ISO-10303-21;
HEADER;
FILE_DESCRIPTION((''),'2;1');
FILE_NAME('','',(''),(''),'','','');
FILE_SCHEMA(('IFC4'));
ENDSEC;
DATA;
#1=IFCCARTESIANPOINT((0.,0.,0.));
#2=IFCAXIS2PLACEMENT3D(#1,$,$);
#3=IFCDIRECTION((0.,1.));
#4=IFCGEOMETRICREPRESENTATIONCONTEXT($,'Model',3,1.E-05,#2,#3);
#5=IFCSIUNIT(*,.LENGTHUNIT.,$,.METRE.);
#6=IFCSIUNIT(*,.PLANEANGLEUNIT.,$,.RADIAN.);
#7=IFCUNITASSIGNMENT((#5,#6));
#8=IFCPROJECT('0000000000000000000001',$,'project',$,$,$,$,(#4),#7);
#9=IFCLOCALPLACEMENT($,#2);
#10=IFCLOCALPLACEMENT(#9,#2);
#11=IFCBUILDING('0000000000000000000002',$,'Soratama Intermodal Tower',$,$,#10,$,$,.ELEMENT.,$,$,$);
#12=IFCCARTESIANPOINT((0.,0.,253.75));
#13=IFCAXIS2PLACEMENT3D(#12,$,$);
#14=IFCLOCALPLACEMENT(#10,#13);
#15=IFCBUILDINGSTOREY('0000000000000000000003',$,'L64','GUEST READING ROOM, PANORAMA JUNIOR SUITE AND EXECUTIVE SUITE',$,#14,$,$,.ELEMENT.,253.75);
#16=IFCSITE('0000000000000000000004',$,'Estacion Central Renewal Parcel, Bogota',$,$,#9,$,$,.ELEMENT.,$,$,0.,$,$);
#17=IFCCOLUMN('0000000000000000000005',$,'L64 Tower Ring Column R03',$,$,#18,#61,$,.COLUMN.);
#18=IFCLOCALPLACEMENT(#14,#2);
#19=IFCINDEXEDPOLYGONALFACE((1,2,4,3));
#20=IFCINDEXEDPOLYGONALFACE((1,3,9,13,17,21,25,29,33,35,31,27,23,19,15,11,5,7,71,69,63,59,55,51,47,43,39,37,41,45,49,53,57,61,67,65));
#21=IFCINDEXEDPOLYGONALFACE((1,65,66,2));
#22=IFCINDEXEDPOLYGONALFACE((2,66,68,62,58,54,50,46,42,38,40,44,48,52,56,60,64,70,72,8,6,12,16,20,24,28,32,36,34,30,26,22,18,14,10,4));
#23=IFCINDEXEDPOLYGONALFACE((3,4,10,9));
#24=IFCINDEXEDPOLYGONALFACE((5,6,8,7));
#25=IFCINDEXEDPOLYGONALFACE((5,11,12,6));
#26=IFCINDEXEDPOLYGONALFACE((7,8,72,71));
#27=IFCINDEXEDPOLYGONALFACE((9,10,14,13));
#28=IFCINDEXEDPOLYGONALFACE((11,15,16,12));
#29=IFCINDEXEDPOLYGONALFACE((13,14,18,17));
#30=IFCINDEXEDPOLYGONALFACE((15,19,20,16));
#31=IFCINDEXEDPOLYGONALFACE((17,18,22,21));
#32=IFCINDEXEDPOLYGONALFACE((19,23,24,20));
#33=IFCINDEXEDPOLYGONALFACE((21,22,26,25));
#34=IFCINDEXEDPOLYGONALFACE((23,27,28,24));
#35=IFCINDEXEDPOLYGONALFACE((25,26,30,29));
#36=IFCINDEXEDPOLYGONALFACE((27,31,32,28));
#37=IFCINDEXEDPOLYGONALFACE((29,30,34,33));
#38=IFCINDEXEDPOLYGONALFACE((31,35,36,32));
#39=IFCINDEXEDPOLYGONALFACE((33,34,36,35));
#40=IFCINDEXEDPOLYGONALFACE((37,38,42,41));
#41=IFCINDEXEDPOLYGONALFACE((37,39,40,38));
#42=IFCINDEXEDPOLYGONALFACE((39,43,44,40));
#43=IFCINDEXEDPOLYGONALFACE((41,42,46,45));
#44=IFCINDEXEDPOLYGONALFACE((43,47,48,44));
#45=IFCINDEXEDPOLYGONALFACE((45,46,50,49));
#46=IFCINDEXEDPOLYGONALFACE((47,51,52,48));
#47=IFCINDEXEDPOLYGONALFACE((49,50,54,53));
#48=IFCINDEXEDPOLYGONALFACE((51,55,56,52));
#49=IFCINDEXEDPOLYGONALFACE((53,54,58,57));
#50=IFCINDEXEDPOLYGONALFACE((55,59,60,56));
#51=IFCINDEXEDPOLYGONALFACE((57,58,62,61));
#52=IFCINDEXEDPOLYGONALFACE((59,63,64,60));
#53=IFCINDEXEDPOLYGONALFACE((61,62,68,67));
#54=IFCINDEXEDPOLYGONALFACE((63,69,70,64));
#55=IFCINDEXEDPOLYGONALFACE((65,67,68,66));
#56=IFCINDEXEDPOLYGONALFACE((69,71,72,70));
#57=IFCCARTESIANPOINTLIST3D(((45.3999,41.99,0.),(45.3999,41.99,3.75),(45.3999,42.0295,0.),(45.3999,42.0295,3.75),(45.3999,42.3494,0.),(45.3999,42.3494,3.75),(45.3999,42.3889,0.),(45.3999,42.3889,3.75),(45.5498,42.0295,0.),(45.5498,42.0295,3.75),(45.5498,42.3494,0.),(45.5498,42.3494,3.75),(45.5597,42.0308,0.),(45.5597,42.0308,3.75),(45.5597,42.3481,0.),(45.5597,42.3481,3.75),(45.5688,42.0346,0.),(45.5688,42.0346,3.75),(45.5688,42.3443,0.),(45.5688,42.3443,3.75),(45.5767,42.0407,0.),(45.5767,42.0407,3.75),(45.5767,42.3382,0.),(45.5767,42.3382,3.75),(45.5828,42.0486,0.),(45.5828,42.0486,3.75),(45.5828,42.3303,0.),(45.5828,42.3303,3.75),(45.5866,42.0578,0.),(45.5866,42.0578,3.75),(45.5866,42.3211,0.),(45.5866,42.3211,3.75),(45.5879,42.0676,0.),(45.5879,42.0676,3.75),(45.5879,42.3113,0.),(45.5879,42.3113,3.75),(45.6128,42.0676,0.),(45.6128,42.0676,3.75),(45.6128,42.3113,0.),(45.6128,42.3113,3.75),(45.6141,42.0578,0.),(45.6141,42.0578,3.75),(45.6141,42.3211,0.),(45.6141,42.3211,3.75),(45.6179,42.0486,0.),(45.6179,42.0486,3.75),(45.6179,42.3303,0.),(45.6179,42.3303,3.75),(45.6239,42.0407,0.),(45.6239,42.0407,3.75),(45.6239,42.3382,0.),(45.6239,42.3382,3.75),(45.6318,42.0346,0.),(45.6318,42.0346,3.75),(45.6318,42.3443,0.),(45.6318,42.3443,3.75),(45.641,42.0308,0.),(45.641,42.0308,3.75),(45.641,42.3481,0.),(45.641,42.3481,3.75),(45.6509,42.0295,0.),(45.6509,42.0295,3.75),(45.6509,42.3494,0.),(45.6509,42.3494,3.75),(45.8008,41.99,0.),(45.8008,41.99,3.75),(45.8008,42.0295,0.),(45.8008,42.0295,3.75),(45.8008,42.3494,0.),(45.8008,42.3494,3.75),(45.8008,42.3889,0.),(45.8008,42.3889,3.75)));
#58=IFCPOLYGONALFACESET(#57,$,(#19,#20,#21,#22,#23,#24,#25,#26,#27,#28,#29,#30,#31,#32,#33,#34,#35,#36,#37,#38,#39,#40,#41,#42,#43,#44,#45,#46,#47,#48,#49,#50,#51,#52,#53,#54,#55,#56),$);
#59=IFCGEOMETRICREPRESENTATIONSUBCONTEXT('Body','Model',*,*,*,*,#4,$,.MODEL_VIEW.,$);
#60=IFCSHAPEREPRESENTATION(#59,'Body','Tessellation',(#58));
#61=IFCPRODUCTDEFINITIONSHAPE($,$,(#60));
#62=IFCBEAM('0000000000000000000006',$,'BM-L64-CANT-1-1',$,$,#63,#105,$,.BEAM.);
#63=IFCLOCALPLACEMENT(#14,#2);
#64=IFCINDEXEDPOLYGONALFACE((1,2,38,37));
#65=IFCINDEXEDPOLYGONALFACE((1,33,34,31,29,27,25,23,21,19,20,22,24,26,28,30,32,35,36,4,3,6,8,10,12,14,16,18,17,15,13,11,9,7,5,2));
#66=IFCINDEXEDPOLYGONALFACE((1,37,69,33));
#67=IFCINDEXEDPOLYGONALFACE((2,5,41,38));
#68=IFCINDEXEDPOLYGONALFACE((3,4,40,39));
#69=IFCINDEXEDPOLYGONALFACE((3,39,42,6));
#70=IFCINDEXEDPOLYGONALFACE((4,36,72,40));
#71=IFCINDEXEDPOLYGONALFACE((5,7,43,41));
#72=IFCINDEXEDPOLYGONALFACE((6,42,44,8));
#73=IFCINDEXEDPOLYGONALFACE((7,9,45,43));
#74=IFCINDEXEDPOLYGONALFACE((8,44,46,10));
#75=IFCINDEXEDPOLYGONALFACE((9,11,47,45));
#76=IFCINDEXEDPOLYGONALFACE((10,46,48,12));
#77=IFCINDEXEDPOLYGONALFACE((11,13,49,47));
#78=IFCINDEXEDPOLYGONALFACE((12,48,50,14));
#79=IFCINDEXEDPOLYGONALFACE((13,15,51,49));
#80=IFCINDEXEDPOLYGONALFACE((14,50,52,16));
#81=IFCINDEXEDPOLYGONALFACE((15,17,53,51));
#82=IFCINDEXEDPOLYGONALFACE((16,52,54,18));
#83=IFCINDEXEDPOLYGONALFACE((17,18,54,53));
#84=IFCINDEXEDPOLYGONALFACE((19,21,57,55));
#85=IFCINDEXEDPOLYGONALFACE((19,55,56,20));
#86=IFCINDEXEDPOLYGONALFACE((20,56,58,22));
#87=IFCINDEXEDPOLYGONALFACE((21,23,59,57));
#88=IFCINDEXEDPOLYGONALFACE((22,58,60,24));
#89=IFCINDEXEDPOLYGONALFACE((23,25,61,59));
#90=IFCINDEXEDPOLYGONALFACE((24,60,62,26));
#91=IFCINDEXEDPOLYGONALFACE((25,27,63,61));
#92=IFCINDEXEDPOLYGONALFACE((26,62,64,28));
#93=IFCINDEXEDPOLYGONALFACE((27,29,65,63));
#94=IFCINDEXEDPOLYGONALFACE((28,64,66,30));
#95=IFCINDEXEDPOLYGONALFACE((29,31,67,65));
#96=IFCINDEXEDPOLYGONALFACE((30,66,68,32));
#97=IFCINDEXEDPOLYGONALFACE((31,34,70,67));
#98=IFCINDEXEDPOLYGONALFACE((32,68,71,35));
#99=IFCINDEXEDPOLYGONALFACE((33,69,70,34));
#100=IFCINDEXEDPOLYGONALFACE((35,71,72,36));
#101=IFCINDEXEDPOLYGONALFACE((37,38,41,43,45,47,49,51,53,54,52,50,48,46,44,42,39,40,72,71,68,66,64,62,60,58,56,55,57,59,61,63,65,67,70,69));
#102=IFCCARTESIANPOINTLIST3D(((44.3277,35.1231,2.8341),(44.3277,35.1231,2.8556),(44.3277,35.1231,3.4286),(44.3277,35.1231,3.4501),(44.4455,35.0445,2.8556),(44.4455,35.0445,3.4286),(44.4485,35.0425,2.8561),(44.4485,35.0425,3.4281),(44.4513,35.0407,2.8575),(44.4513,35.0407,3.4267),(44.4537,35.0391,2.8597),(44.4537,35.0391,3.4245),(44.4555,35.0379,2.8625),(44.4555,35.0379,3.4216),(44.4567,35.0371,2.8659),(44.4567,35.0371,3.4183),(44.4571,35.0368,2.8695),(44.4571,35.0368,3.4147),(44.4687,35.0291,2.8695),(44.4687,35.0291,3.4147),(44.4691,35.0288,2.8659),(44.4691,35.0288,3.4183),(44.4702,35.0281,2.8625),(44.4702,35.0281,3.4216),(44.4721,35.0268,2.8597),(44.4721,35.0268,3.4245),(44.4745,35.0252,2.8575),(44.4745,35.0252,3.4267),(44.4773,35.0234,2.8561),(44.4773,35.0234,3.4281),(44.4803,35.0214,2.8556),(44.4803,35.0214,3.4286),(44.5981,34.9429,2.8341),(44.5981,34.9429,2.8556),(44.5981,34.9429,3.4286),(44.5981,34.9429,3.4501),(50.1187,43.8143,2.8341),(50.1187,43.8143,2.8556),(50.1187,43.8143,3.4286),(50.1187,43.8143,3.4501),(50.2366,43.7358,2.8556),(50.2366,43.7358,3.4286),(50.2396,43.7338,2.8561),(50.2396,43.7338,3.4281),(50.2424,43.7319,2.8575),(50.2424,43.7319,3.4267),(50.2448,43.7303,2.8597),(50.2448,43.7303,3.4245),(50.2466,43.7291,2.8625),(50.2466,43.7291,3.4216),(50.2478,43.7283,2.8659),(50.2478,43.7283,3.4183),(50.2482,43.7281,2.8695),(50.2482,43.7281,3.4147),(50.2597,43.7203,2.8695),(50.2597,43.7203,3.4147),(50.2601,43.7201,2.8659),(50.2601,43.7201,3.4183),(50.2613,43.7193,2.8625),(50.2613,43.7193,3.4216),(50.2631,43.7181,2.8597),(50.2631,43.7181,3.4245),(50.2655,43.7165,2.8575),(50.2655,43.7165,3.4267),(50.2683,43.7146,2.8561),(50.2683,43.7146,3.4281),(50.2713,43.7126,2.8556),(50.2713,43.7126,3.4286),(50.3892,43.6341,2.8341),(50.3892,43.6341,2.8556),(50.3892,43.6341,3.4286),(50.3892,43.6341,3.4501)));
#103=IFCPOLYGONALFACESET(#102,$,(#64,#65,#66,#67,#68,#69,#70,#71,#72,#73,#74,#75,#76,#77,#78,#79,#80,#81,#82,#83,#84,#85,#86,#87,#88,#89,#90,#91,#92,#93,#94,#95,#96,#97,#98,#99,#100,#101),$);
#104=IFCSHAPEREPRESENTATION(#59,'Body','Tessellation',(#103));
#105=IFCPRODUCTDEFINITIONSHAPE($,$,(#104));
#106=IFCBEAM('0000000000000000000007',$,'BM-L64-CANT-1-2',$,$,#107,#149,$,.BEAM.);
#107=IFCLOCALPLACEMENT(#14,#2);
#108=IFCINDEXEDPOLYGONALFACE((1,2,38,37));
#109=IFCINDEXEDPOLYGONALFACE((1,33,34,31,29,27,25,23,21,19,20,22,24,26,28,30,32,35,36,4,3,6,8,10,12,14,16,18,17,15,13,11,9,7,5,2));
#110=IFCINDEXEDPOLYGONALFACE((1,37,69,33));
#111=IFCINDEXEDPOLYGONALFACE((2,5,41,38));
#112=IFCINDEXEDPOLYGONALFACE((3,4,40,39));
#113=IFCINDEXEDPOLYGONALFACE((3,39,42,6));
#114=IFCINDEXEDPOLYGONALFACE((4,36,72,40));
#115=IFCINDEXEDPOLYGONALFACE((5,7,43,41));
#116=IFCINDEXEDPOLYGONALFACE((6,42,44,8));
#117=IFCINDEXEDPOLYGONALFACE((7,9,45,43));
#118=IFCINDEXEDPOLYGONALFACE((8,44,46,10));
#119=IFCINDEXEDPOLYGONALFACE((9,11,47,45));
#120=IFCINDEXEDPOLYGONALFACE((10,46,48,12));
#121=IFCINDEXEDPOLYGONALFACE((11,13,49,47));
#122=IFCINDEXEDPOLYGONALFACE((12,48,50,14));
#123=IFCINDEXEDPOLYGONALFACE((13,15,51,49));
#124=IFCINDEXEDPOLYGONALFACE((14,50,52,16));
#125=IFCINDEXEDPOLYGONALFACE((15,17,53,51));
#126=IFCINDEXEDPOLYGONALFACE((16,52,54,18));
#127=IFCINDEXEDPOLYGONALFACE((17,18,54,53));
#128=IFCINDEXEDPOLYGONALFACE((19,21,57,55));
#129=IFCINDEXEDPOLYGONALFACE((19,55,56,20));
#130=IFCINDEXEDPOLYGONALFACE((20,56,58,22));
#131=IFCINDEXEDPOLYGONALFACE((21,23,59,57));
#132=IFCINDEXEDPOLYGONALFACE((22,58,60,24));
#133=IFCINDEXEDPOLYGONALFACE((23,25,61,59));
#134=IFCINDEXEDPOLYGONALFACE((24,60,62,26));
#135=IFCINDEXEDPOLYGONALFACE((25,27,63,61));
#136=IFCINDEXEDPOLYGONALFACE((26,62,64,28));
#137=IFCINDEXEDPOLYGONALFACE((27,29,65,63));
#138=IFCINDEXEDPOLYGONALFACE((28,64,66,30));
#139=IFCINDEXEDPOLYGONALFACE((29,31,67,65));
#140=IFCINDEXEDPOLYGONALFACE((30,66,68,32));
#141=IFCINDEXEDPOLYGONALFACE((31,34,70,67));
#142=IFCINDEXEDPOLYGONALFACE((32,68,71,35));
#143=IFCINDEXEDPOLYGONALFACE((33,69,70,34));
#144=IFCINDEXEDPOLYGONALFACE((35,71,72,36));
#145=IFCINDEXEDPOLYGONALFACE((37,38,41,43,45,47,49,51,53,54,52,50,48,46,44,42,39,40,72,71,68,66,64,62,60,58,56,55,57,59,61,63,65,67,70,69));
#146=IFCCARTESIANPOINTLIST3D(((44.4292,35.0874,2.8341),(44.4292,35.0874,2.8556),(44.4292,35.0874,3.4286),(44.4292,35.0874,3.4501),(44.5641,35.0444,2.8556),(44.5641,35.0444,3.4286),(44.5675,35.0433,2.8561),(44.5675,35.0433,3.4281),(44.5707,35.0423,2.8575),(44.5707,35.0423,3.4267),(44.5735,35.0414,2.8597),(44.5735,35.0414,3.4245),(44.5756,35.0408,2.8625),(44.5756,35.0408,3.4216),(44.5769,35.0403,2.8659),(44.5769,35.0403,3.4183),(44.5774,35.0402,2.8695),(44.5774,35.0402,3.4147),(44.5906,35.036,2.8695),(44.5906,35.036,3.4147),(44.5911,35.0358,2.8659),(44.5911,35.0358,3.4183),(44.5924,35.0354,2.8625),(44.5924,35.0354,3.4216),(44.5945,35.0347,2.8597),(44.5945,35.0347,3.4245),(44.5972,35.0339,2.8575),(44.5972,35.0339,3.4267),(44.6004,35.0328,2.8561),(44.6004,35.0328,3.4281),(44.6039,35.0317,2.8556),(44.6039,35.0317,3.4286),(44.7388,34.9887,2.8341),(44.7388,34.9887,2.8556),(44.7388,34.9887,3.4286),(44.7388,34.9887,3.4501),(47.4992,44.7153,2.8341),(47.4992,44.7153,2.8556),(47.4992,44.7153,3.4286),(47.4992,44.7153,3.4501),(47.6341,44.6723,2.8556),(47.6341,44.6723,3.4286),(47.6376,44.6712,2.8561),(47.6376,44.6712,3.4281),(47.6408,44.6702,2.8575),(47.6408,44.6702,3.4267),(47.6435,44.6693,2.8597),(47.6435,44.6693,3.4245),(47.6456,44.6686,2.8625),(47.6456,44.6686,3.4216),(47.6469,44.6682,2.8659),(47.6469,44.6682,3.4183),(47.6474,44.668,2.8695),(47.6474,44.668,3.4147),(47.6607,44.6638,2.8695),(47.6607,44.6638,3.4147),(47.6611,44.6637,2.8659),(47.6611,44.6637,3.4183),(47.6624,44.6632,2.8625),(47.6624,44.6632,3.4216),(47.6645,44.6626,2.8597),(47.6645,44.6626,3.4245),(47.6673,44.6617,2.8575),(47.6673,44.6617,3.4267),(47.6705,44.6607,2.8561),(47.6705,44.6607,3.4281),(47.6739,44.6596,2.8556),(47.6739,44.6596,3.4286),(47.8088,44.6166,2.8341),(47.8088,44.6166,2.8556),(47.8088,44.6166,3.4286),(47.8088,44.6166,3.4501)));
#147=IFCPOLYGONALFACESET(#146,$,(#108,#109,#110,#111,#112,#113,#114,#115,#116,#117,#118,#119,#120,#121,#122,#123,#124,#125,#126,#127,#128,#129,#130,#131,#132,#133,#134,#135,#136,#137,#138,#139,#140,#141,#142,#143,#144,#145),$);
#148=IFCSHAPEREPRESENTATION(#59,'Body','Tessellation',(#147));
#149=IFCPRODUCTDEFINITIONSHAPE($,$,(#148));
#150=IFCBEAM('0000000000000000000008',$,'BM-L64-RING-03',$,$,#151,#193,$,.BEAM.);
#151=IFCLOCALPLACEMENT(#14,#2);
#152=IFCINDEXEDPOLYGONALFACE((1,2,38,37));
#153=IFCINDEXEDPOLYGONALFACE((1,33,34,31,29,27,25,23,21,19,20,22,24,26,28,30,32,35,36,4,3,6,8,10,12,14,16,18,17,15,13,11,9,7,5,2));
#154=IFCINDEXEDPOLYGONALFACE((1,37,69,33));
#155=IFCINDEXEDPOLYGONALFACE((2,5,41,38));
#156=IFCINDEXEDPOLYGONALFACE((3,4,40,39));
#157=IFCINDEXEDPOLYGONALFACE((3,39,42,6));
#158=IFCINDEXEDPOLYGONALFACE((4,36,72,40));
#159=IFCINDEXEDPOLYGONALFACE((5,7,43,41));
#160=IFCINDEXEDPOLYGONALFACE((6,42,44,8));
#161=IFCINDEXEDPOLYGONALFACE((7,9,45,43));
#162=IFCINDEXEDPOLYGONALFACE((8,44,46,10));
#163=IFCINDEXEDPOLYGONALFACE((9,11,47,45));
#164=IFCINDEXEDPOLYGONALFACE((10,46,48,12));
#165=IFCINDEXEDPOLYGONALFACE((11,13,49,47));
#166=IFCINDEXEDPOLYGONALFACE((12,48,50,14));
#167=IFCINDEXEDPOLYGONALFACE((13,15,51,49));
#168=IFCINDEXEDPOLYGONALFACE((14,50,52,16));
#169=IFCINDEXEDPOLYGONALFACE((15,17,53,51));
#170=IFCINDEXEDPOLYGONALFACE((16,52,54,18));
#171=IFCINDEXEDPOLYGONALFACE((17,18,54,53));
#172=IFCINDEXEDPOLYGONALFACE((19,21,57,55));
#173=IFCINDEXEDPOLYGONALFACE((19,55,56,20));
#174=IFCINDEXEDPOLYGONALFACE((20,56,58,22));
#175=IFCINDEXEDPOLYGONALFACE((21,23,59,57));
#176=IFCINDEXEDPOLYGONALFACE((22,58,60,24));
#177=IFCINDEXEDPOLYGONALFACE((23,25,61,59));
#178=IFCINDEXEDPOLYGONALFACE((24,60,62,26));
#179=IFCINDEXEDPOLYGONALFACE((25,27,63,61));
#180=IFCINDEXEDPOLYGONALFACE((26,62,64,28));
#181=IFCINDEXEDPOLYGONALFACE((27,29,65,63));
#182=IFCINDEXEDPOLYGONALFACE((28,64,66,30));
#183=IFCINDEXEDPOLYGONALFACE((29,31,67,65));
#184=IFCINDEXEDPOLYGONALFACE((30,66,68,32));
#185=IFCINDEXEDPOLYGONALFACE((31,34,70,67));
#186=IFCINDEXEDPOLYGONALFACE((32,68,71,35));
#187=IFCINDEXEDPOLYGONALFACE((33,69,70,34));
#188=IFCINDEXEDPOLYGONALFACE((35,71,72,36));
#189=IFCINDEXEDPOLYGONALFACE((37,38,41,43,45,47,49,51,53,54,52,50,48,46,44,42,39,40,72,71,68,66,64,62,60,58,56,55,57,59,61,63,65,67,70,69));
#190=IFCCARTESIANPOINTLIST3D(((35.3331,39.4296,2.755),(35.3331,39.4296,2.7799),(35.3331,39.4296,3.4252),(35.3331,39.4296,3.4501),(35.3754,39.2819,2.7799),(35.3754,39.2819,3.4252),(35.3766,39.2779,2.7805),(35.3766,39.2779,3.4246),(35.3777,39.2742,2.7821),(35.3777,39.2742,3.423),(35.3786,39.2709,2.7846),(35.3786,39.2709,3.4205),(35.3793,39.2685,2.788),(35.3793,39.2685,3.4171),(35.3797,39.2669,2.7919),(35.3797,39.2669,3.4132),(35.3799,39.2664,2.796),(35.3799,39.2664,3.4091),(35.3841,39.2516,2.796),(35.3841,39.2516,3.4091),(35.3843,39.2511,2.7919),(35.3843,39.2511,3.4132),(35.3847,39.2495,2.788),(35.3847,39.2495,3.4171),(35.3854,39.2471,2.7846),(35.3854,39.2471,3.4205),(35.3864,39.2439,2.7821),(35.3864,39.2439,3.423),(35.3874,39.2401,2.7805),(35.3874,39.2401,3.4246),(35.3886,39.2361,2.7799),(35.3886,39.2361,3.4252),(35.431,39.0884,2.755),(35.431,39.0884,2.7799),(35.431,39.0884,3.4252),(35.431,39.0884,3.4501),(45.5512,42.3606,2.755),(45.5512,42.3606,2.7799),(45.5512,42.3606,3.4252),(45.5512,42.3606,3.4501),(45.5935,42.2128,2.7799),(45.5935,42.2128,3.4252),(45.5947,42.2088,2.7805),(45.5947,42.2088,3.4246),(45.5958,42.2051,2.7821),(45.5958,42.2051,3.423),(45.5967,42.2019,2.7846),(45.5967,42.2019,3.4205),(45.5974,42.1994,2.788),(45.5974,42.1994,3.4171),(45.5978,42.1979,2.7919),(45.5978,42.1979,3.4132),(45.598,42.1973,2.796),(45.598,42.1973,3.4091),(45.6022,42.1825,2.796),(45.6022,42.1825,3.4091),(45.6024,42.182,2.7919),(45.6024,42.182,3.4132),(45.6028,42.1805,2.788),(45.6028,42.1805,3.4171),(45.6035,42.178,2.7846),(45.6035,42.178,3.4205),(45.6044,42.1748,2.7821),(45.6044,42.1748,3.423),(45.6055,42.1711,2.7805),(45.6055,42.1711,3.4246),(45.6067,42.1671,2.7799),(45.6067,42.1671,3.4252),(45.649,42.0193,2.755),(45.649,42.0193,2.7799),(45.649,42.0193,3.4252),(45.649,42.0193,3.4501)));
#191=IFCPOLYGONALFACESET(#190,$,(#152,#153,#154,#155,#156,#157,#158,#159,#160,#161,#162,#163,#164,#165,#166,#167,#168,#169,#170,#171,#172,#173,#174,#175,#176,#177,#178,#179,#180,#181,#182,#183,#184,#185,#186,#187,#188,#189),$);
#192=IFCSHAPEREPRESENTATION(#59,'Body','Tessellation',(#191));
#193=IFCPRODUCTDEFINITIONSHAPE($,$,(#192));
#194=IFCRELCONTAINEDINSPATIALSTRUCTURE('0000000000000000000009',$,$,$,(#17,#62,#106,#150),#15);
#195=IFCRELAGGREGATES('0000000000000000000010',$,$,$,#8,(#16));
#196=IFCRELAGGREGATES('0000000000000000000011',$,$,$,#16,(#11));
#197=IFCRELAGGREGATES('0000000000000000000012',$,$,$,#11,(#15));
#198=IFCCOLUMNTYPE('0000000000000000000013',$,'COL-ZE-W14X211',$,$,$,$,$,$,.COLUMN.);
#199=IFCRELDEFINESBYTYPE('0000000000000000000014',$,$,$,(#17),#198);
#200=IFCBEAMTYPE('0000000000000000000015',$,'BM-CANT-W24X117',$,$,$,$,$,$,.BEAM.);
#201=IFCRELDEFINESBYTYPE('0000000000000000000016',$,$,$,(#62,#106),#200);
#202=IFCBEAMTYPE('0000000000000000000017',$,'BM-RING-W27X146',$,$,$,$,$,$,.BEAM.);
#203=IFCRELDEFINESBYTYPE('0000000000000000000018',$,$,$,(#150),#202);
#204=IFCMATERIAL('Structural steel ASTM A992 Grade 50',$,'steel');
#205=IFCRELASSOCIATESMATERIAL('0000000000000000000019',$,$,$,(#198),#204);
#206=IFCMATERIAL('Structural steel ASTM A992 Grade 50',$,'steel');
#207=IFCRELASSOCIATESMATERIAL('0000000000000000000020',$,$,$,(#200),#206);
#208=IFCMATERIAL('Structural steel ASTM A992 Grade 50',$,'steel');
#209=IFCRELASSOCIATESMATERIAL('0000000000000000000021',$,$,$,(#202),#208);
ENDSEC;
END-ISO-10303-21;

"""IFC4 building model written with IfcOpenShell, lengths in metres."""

from ifc_helpers import new_model, si_unit, direction, frame, origin, origin_2d, place, context, subcontext, project, spatial, i_section, extrude, material, material_profile, profile_set, type_object, element, save


model = new_model("IFC4")

# Units and contexts
model_context = context("Model", 3, precision=1e-05, world=origin(), true_north=direction((0.0, 1.0)))
body_context = subcontext(model_context, "Body", "Model", "MODEL_VIEW")
ifc_project = project(units=[si_unit("LENGTHUNIT", "METRE"), si_unit("PLANEANGLEUNIT", "RADIAN")], contexts=[model_context])

# Site, building, storey
site_placement = place(None, origin())
site = spatial("IfcSite", under=ifc_project, at=site_placement, Name="Estacion Central Renewal Parcel, Bogota", CompositionType="ELEMENT", RefElevation=0.0)
building_placement = place(site_placement, origin())
building = spatial("IfcBuilding", under=site, at=building_placement, Name="Soratama Intermodal Tower", CompositionType="ELEMENT")
storey_placement = place(building_placement, frame((0.0, 0.0, 253.75)))
storey = spatial("IfcBuildingStorey", under=building, at=storey_placement, Name="L64", Description="GUEST READING ROOM, PANORAMA JUNIOR SUITE AND EXECUTIVE SUITE", CompositionType="ELEMENT", Elevation=253.75)

# Column
ifc_material_1 = material(Name="Structural steel ASTM A992 Grade 50", Category="steel")
ifc_material_profile_1 = material_profile(ifc_material_1, i_section(OverallWidth=0.4009, OverallDepth=0.3989, WebThickness=0.0249, FlangeThickness=0.0396, FilletRadius=0.0381, at=origin_2d()), Name="W14X211")
ifc_profile_set_1 = profile_set([ifc_material_profile_1], Name="Structural steel ASTM A992 Grade 50")
column_type = type_object("IfcColumnType", Name="COL-ZE-W14X211", PredefinedType="COLUMN", material=ifc_profile_set_1)
column_placement = place(storey_placement, frame((45.6003, 42.1895, 0.0), z_axis=(0.0, 0.0, 1.0), x_axis=(1.0, 0.0, 0.0)))
element("IfcColumn", 1, at=column_placement, inside=storey, type_object=column_type, Name="L64 Tower Ring Column R03", PredefinedType="COLUMN", context=body_context, shape_type="SweptSolid", body=[
    extrude(i_section(OverallWidth=0.4009, OverallDepth=0.3989, WebThickness=0.0249, FlangeThickness=0.0396, FilletRadius=0.0381, at=origin_2d()), origin(), (0.0, 0.0, 1.0), 3.75),
])

# Beams
ifc_material_2 = material(Name="Structural steel ASTM A992 Grade 50", Category="steel")
ifc_material_profile_2 = material_profile(ifc_material_2, i_section(OverallWidth=0.325, OverallDepth=0.616, WebThickness=0.0139, FlangeThickness=0.0215, FilletRadius=0.0139, at=origin_2d()), Name="W24X117")
ifc_profile_set_2 = profile_set([ifc_material_profile_2], Name="Structural steel ASTM A992 Grade 50")
beam_type_1 = type_object("IfcBeamType", Name="BM-CANT-W24X117", PredefinedType="BEAM", material=ifc_profile_set_2)
beam_1_placement = place(storey_placement, frame((44.4629, 35.033, 3.1421), z_axis=(0.554495, 0.832187, 0.0), x_axis=(-0.832187, 0.554495, 0.0)))
element("IfcBeam", 2, at=beam_1_placement, inside=storey, type_object=beam_type_1, Name="BM-L64-CANT-1-1", PredefinedType="BEAM", context=body_context, shape_type="SweptSolid", body=[
    extrude(i_section(OverallWidth=0.325, OverallDepth=0.616, WebThickness=0.0139, FlangeThickness=0.0215, FilletRadius=0.0139, at=origin_2d()), origin(), (0.0, 0.0, 1.0), 10.4438),
])
beam_2_placement = place(storey_placement, frame((44.584, 35.0381, 3.1421), z_axis=(0.3038, 0.952736, 0.0), x_axis=(-0.952736, 0.3038, 0.0)))
element("IfcBeam", 3, at=beam_2_placement, inside=storey, type_object=beam_type_1, Name="BM-L64-CANT-1-2", PredefinedType="BEAM", context=body_context, shape_type="SweptSolid", body=[
    extrude(i_section(OverallWidth=0.325, OverallDepth=0.616, WebThickness=0.0139, FlangeThickness=0.0215, FilletRadius=0.0139, at=origin_2d()), origin(), (0.0, 0.0, 1.0), 10.1055),
])
ifc_material_3 = material(Name="Structural steel ASTM A992 Grade 50", Category="steel")
ifc_material_profile_3 = material_profile(ifc_material_3, i_section(OverallWidth=0.355, OverallDepth=0.6951, WebThickness=0.0154, FlangeThickness=0.0249, FilletRadius=0.0161, at=origin_2d()), Name="W27X146")
ifc_profile_set_3 = profile_set([ifc_material_profile_3], Name="Structural steel ASTM A992 Grade 50")
beam_type_2 = type_object("IfcBeamType", Name="BM-RING-W27X146", PredefinedType="BEAM", material=ifc_profile_set_3)
beam_3_placement = place(storey_placement, frame((45.6001, 42.1899, 3.1025), z_axis=(-0.961238, -0.275719, 0.0), x_axis=(0.275719, -0.961238, 0.0)))
element("IfcBeam", 4, at=beam_3_placement, inside=storey, type_object=beam_type_2, Name="BM-L64-RING-03", PredefinedType="BEAM", context=body_context, shape_type="SweptSolid", body=[
    extrude(i_section(OverallWidth=0.355, OverallDepth=0.6951, WebThickness=0.0154, FlangeThickness=0.0249, FilletRadius=0.0161, at=origin_2d()), origin(), (0.0, 0.0, 1.0), 10.6301),
])

save(model, "model.ifc")
